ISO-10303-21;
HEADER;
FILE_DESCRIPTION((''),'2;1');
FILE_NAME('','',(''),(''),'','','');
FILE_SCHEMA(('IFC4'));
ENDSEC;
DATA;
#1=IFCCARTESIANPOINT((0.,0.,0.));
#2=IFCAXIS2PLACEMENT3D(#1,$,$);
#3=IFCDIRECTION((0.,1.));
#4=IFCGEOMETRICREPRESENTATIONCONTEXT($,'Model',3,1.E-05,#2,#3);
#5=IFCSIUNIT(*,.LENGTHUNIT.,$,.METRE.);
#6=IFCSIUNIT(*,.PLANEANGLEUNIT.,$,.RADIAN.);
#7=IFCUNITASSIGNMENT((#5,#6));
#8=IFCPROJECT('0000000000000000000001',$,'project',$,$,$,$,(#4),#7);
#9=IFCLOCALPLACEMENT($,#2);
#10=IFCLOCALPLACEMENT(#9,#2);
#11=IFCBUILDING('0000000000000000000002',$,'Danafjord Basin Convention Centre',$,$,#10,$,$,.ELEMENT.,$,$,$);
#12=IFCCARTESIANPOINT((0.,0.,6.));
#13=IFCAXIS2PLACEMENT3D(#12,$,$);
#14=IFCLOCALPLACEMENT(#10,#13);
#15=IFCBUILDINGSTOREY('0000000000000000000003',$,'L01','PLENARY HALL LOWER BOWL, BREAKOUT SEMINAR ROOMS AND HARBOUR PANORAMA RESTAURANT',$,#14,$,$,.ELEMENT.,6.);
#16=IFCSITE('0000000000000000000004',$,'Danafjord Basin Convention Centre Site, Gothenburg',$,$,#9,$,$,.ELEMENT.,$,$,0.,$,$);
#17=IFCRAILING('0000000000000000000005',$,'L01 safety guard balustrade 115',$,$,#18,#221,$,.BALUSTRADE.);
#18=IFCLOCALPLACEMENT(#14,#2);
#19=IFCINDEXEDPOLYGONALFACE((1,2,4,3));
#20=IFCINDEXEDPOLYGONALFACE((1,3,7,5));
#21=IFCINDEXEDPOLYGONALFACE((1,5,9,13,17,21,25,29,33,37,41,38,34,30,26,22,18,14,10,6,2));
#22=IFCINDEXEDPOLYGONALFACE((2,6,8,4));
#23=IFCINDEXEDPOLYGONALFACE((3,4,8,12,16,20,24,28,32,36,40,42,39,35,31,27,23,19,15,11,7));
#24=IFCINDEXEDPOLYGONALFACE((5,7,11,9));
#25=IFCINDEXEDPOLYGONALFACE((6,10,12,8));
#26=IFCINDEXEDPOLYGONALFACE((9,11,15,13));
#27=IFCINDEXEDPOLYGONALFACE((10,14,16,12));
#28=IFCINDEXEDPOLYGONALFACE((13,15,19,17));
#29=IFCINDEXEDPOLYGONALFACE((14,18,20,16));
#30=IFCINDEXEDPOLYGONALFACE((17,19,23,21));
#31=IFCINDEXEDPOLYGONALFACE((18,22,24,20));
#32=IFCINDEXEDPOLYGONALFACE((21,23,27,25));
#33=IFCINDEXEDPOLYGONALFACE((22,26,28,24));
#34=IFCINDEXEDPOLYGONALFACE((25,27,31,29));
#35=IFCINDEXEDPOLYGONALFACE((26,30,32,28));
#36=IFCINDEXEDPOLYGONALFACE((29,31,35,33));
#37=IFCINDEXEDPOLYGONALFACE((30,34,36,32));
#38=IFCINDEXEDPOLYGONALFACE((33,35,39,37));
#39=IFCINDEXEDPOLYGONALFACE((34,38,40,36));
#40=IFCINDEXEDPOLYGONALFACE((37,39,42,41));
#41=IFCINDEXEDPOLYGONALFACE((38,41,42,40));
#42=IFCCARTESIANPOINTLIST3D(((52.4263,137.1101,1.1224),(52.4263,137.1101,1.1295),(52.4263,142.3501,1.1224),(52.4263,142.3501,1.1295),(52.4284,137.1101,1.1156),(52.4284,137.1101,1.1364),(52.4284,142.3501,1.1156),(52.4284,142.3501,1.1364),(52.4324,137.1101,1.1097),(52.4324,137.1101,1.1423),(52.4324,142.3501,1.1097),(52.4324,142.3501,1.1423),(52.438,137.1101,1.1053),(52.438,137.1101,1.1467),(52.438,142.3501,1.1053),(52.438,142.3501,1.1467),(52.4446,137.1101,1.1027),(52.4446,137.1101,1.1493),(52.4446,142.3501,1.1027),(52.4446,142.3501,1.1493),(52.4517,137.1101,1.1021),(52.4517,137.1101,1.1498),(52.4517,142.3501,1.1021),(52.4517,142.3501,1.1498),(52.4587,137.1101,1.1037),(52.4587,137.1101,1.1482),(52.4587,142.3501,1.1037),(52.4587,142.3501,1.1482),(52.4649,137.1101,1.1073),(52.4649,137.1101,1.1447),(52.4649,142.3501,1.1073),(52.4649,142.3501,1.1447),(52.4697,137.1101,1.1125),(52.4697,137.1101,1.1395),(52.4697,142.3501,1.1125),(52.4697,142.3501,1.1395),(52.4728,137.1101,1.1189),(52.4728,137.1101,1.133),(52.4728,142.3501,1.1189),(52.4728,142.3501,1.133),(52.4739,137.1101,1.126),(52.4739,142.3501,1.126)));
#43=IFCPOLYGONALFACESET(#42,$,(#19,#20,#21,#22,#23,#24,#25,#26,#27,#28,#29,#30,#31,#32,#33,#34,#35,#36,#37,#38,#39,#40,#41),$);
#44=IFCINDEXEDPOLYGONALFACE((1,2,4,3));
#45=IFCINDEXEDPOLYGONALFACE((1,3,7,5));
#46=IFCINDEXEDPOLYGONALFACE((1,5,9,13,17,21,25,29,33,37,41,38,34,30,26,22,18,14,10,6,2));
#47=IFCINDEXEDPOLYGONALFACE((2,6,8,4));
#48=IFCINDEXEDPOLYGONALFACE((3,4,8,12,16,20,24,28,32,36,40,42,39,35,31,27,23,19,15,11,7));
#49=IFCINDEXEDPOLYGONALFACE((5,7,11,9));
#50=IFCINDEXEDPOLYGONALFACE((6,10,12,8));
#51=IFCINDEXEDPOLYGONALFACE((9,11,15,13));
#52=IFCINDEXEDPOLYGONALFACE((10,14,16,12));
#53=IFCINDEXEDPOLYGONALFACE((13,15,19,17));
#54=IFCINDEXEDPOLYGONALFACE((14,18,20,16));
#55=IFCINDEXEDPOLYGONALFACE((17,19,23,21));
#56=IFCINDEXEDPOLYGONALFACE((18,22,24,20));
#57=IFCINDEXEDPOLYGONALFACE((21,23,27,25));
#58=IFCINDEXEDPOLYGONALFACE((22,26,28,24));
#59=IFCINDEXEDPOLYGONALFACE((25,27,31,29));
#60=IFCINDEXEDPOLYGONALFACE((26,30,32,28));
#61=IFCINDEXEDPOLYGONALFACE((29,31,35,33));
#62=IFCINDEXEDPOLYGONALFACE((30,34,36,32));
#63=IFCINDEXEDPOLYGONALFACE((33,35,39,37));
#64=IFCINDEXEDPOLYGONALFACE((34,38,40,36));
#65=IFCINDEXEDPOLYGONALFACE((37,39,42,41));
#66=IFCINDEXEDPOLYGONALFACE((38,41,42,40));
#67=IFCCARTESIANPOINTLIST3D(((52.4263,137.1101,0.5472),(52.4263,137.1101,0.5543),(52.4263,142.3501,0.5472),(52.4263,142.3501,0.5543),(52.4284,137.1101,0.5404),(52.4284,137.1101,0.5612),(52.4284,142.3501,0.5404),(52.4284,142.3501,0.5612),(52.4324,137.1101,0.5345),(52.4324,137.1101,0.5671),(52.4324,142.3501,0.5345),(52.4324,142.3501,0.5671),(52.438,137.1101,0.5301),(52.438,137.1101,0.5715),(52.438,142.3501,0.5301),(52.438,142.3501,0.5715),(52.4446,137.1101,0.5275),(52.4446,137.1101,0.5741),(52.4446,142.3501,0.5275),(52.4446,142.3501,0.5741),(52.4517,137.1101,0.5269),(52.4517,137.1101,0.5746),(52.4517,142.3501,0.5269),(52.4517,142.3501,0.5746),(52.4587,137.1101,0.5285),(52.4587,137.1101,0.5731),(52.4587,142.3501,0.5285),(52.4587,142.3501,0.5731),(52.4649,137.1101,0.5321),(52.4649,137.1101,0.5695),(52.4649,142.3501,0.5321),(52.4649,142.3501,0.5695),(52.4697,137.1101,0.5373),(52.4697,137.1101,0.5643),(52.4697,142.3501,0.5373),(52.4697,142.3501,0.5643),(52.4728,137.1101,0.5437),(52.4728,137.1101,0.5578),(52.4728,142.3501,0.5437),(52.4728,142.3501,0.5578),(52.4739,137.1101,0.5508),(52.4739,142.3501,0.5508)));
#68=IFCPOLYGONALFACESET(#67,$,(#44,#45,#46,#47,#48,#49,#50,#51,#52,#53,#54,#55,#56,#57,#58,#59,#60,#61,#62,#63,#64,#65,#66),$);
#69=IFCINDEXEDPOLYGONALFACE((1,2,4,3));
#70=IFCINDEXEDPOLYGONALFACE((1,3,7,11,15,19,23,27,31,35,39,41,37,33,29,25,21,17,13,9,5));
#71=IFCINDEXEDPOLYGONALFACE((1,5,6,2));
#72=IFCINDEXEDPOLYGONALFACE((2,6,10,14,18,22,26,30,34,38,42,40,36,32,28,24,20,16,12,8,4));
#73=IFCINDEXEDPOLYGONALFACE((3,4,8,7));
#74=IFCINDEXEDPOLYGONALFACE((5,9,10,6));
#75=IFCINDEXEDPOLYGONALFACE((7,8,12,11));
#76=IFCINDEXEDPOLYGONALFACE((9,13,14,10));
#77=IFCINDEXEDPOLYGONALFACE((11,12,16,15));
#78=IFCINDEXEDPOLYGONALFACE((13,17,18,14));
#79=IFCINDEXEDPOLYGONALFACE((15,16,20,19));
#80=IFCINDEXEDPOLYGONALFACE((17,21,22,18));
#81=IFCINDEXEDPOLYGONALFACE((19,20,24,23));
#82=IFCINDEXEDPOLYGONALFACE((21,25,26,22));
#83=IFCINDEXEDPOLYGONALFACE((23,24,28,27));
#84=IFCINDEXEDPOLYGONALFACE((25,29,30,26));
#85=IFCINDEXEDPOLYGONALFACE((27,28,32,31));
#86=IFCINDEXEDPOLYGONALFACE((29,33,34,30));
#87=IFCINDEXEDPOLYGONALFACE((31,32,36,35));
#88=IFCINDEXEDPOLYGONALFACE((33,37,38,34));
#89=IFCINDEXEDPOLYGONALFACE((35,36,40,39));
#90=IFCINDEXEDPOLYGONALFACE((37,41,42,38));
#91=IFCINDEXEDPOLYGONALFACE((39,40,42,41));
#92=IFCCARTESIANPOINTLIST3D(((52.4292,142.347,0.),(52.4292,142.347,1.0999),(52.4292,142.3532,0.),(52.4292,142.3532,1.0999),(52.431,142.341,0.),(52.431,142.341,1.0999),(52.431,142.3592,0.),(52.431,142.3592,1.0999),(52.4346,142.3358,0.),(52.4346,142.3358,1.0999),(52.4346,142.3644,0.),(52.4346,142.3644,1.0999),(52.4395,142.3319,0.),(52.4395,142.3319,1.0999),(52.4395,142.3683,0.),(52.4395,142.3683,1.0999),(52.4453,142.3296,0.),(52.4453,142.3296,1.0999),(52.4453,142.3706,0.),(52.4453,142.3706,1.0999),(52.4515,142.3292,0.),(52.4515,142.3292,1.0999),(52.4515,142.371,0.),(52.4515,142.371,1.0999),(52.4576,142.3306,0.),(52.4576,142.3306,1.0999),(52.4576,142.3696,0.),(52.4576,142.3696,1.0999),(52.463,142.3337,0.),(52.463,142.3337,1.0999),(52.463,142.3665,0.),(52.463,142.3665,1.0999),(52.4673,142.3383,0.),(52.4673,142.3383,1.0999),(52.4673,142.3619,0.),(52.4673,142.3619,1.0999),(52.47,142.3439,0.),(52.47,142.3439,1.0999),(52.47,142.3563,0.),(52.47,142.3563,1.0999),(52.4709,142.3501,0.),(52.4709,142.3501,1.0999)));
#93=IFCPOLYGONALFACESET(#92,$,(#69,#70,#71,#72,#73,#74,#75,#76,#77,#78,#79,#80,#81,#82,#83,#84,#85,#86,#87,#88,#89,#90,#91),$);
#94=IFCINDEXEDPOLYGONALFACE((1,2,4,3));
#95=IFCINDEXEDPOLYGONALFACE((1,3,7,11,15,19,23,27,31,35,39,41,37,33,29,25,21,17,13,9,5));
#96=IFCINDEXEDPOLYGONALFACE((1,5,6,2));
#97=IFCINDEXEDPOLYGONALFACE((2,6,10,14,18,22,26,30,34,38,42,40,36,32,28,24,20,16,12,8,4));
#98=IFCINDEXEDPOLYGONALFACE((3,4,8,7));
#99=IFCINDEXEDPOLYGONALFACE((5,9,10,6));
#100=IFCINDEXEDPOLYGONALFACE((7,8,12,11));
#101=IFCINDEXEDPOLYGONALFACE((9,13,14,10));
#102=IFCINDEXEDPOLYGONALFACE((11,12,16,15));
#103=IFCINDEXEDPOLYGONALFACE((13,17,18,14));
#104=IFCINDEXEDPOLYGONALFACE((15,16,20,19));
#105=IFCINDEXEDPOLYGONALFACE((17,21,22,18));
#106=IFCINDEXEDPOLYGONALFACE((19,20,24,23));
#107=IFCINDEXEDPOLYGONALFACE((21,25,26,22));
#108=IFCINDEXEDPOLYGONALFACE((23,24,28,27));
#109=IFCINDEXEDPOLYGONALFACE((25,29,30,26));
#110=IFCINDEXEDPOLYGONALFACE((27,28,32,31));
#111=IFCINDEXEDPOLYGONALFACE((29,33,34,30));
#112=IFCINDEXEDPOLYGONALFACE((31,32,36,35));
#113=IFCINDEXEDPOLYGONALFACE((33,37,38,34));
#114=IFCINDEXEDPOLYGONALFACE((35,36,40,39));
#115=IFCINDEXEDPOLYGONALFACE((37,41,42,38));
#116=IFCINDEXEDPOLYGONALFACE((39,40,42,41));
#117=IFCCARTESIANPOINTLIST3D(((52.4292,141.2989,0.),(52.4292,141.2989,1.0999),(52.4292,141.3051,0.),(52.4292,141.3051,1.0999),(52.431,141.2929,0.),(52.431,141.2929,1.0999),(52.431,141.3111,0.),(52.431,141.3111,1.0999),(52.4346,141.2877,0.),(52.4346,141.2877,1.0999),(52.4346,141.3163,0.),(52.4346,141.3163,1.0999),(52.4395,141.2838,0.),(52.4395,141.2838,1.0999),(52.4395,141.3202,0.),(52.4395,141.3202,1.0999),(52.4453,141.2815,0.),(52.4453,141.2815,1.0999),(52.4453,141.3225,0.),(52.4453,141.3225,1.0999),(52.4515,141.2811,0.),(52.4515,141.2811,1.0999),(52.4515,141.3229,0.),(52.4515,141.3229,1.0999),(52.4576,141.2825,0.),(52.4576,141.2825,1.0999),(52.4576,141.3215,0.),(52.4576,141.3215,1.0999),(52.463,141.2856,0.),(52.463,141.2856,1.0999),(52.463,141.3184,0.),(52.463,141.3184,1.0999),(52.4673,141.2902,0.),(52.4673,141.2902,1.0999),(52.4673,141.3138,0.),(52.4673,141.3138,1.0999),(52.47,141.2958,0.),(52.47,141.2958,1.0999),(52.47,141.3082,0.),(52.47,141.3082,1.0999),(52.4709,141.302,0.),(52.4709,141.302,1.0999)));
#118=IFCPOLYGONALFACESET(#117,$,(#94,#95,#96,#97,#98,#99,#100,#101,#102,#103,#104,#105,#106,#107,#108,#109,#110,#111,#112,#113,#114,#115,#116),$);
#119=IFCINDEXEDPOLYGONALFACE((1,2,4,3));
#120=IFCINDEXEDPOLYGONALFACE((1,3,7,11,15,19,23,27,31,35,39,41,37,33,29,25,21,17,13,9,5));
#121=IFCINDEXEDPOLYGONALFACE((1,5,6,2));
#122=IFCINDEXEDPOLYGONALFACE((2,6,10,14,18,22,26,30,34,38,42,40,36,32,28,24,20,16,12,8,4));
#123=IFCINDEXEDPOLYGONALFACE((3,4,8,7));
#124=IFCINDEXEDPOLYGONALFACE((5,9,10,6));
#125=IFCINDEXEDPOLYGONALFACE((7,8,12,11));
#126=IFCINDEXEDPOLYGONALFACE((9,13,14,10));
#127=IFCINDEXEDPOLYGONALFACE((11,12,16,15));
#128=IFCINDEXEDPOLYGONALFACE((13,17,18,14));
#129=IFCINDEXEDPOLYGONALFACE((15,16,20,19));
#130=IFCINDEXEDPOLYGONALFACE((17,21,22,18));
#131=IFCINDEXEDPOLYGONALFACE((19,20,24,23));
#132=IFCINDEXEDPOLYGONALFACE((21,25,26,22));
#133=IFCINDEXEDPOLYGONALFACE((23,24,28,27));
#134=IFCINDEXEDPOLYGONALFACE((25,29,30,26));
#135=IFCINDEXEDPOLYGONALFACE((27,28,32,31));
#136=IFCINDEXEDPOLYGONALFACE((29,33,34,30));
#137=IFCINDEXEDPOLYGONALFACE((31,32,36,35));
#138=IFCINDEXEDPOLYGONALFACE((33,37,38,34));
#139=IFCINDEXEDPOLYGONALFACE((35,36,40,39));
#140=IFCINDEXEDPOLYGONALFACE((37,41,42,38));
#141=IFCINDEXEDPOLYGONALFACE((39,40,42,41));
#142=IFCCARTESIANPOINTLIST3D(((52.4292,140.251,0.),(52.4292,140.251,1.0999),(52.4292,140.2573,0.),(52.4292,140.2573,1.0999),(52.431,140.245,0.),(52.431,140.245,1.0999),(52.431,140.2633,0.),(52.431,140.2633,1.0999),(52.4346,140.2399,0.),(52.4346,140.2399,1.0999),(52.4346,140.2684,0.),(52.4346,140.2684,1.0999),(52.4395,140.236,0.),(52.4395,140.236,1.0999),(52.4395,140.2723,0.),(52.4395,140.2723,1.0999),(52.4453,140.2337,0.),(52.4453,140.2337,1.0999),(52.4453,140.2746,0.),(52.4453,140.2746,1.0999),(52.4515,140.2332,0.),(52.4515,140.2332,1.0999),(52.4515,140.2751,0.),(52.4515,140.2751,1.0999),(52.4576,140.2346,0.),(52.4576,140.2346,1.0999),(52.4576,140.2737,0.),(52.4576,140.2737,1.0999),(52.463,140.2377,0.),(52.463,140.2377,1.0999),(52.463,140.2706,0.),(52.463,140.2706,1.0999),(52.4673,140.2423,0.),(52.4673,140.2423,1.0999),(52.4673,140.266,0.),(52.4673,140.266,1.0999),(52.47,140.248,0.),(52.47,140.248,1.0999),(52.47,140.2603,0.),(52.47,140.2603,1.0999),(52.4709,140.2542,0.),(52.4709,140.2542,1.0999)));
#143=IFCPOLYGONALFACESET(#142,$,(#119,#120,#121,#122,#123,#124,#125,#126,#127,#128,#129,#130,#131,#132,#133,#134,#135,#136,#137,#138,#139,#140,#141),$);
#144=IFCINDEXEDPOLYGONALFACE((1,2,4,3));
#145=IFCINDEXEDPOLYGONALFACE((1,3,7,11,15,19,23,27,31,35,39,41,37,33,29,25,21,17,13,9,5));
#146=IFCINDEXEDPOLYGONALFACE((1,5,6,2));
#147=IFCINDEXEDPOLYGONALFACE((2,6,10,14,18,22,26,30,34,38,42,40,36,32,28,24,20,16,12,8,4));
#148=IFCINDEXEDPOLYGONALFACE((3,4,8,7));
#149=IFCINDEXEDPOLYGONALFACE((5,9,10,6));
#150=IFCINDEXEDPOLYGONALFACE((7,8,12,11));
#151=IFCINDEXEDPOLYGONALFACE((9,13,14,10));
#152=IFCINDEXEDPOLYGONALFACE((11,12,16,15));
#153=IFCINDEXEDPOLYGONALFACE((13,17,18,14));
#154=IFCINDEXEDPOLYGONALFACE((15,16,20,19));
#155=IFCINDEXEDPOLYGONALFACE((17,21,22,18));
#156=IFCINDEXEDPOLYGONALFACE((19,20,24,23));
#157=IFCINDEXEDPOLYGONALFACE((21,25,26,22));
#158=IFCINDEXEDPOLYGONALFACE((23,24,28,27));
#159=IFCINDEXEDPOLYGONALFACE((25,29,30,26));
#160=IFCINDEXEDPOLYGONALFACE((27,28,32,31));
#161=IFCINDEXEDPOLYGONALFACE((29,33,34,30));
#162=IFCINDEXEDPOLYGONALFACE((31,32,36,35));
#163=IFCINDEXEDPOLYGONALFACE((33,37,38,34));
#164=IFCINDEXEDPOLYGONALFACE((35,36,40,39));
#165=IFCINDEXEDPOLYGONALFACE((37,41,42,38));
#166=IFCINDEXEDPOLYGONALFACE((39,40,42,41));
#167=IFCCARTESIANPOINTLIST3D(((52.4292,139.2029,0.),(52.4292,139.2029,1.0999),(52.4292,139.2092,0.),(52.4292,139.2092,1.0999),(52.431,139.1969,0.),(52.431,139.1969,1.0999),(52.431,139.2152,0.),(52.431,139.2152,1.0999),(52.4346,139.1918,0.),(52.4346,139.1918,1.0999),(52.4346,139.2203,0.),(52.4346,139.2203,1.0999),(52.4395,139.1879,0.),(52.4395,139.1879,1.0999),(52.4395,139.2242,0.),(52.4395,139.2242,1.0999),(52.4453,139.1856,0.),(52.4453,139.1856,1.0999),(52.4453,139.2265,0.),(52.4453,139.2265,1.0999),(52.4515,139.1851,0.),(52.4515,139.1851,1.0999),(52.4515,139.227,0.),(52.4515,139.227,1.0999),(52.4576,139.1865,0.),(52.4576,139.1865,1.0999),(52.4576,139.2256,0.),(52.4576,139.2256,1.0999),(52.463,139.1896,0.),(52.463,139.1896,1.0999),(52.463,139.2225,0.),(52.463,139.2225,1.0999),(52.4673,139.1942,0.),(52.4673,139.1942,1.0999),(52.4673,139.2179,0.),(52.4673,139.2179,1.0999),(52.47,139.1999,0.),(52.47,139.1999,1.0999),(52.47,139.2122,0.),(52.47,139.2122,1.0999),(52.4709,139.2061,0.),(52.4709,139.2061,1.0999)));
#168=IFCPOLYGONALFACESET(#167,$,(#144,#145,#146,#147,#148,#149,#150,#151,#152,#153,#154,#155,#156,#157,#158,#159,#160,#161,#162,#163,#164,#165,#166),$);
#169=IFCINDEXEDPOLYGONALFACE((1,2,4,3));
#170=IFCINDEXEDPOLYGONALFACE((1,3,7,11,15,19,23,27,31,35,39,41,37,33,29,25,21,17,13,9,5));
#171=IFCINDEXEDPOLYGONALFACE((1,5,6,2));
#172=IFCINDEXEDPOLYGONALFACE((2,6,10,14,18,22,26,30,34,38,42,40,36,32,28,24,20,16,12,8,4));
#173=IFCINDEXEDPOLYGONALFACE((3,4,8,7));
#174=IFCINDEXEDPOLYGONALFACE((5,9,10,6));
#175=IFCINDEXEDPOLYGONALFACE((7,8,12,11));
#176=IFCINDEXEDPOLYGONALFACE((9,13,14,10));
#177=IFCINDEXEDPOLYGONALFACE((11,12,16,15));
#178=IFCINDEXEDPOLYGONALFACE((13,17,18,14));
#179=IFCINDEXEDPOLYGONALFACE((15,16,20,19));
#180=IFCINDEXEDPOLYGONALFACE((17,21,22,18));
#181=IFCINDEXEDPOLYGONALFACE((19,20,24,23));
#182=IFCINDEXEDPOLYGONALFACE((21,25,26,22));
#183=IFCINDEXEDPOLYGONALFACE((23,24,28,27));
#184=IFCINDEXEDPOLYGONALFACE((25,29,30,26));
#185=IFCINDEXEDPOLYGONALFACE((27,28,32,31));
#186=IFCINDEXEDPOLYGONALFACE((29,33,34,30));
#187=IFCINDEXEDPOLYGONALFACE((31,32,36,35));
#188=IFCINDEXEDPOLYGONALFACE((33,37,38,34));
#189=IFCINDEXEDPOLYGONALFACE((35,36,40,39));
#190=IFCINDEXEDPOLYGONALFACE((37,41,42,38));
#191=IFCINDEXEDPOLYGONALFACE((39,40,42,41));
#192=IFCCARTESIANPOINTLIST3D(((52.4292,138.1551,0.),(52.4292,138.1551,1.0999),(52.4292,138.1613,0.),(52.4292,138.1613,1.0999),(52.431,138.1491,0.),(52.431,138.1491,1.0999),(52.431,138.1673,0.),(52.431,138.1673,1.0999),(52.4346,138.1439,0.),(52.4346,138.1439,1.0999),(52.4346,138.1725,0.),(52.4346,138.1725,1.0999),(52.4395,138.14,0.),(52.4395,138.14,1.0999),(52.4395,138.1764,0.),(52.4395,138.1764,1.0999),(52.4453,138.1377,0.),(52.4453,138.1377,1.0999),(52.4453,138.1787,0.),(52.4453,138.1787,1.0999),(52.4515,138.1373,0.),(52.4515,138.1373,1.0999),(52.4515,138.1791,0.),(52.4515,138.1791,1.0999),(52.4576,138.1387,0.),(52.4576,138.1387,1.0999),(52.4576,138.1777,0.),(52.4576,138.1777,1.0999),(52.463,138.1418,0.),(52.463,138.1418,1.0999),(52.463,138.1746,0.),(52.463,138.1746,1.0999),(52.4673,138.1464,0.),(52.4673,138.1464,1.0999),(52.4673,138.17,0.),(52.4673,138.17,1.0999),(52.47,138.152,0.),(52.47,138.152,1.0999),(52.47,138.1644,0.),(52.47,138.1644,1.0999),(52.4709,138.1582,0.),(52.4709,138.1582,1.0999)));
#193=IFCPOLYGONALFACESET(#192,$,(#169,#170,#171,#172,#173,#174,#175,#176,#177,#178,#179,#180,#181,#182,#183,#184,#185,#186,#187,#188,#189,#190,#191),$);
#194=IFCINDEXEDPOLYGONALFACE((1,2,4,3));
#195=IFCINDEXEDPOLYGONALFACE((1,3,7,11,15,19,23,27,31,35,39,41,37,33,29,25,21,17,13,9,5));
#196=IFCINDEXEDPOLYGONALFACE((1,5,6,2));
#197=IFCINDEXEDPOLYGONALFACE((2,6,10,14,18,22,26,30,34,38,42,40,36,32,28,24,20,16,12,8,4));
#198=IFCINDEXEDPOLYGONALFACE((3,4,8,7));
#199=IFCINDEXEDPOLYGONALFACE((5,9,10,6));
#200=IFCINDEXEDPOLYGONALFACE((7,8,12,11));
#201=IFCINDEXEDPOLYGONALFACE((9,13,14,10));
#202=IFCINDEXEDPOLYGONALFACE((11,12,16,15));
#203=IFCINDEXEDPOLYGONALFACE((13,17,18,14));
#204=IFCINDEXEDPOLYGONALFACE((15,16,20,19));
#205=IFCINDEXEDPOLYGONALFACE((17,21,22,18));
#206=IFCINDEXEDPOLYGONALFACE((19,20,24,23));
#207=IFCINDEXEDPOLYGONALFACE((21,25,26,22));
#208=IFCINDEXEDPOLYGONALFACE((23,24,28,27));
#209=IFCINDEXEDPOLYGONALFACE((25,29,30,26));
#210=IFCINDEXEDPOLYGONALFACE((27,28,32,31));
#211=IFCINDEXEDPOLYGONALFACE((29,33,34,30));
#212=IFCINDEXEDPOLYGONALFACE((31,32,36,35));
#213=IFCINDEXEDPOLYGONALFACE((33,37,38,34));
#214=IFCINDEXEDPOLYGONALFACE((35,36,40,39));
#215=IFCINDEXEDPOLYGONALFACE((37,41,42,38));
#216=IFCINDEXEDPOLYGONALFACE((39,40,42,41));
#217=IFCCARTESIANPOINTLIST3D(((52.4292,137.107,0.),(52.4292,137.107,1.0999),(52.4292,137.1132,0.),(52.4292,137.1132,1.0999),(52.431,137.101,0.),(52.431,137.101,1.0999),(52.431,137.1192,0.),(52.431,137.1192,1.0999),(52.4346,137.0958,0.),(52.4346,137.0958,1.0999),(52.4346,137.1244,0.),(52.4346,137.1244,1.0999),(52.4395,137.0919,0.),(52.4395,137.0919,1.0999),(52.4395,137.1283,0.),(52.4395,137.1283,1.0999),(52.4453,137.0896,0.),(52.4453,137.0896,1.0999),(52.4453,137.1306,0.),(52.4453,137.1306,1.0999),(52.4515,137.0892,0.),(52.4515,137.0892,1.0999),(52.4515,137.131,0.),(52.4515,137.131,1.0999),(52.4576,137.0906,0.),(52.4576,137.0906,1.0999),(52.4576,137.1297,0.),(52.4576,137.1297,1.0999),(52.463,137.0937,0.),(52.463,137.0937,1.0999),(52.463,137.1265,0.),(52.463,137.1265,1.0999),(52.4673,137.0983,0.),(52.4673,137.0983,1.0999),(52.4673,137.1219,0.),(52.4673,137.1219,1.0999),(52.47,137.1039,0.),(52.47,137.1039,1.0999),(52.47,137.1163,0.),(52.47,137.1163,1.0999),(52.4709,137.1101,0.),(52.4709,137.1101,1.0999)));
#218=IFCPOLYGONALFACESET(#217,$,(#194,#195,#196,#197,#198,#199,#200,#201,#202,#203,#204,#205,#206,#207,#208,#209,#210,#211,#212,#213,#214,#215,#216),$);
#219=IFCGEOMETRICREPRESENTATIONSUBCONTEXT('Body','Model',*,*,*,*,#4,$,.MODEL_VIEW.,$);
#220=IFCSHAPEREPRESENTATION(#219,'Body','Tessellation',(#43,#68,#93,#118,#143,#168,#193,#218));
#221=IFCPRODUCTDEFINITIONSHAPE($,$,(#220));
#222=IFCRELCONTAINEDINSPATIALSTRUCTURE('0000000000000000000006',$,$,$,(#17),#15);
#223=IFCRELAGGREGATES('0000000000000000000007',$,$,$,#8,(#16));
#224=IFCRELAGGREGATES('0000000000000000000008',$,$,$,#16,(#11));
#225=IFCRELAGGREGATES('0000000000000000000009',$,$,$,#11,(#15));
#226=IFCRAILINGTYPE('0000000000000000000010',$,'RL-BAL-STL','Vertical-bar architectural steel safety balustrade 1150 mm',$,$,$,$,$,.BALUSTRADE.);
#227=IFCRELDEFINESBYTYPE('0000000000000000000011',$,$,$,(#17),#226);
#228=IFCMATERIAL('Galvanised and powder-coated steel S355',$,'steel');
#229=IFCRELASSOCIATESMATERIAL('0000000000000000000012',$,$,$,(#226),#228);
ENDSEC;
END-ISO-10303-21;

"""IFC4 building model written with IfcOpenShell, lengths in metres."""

from ifc_helpers import new_model, si_unit, direction, frame, origin, origin_2d, place, context, subcontext, project, spatial, circle, extrude, material, type_object, element, save


model = new_model("IFC4")

# Units and contexts
model_context = context("Model", 3, precision=1e-05, world=origin(), true_north=direction((0.0, 1.0)))
body_context = subcontext(model_context, "Body", "Model", "MODEL_VIEW")
ifc_project = project(units=[si_unit("LENGTHUNIT", "METRE"), si_unit("PLANEANGLEUNIT", "RADIAN")], contexts=[model_context])

# Site, building, storey
site_placement = place(None, origin())
site = spatial("IfcSite", under=ifc_project, at=site_placement, Name="Danafjord Basin Convention Centre Site, Gothenburg", CompositionType="ELEMENT", RefElevation=0.0)
building_placement = place(site_placement, origin())
building = spatial("IfcBuilding", under=site, at=building_placement, Name="Danafjord Basin Convention Centre", CompositionType="ELEMENT")
storey_placement = place(building_placement, frame((0.0, 0.0, 6.0)))
storey = spatial("IfcBuildingStorey", under=building, at=storey_placement, Name="L01", Description="PLENARY HALL LOWER BOWL, BREAKOUT SEMINAR ROOMS AND HARBOUR PANORAMA RESTAURANT", CompositionType="ELEMENT", Elevation=6.0)

# Railing
ifc_material_1 = material(Name="Galvanised and powder-coated steel S355", Category="steel")
railing_type_1 = type_object("IfcRailingType", Name="RL-BAL-STL", Description="Vertical-bar architectural steel safety balustrade 1150 mm", PredefinedType="BALUSTRADE", material=ifc_material_1)
railing_1_placement = place(storey_placement, frame((52.45, 142.3501, 0.0)))
element("IfcRailing", 1, at=railing_1_placement, inside=storey, type_object=railing_type_1, Name="L01 safety guard balustrade 115", PredefinedType="BALUSTRADE", context=body_context, shape_type="SweptSolid", body=[
    extrude(circle(Radius=0.0239, at=origin_2d()), frame((0.0, 0.0, 1.126), z_axis=(0.0, -1.0, 0.0), x_axis=(1.0, 0.0, 0.0)), (0.0, 0.0, 1.0), 5.24),
    extrude(circle(Radius=0.0239, at=origin_2d()), frame((0.0, 0.0, 0.5508), z_axis=(0.0, -1.0, 0.0), x_axis=(1.0, 0.0, 0.0)), (0.0, 0.0, 1.0), 5.24),
    extrude(circle(Radius=0.021, at=origin_2d()), origin(), (0.0, 0.0, 1.0), 1.0999),
    extrude(circle(Radius=0.021, at=origin_2d()), frame((0.0, -1.0481, 0.0)), (0.0, 0.0, 1.0), 1.0999),
    extrude(circle(Radius=0.021, at=origin_2d()), frame((0.0, -2.0959, 0.0)), (0.0, 0.0, 1.0), 1.0999),
    extrude(circle(Radius=0.021, at=origin_2d()), frame((0.0, -3.144, 0.0)), (0.0, 0.0, 1.0), 1.0999),
    extrude(circle(Radius=0.021, at=origin_2d()), frame((0.0, -4.1919, 0.0)), (0.0, 0.0, 1.0), 1.0999),
    extrude(circle(Radius=0.021, at=origin_2d()), frame((0.0, -5.24, 0.0)), (0.0, 0.0, 1.0), 1.0999),
])

save(model, "model.ifc")
